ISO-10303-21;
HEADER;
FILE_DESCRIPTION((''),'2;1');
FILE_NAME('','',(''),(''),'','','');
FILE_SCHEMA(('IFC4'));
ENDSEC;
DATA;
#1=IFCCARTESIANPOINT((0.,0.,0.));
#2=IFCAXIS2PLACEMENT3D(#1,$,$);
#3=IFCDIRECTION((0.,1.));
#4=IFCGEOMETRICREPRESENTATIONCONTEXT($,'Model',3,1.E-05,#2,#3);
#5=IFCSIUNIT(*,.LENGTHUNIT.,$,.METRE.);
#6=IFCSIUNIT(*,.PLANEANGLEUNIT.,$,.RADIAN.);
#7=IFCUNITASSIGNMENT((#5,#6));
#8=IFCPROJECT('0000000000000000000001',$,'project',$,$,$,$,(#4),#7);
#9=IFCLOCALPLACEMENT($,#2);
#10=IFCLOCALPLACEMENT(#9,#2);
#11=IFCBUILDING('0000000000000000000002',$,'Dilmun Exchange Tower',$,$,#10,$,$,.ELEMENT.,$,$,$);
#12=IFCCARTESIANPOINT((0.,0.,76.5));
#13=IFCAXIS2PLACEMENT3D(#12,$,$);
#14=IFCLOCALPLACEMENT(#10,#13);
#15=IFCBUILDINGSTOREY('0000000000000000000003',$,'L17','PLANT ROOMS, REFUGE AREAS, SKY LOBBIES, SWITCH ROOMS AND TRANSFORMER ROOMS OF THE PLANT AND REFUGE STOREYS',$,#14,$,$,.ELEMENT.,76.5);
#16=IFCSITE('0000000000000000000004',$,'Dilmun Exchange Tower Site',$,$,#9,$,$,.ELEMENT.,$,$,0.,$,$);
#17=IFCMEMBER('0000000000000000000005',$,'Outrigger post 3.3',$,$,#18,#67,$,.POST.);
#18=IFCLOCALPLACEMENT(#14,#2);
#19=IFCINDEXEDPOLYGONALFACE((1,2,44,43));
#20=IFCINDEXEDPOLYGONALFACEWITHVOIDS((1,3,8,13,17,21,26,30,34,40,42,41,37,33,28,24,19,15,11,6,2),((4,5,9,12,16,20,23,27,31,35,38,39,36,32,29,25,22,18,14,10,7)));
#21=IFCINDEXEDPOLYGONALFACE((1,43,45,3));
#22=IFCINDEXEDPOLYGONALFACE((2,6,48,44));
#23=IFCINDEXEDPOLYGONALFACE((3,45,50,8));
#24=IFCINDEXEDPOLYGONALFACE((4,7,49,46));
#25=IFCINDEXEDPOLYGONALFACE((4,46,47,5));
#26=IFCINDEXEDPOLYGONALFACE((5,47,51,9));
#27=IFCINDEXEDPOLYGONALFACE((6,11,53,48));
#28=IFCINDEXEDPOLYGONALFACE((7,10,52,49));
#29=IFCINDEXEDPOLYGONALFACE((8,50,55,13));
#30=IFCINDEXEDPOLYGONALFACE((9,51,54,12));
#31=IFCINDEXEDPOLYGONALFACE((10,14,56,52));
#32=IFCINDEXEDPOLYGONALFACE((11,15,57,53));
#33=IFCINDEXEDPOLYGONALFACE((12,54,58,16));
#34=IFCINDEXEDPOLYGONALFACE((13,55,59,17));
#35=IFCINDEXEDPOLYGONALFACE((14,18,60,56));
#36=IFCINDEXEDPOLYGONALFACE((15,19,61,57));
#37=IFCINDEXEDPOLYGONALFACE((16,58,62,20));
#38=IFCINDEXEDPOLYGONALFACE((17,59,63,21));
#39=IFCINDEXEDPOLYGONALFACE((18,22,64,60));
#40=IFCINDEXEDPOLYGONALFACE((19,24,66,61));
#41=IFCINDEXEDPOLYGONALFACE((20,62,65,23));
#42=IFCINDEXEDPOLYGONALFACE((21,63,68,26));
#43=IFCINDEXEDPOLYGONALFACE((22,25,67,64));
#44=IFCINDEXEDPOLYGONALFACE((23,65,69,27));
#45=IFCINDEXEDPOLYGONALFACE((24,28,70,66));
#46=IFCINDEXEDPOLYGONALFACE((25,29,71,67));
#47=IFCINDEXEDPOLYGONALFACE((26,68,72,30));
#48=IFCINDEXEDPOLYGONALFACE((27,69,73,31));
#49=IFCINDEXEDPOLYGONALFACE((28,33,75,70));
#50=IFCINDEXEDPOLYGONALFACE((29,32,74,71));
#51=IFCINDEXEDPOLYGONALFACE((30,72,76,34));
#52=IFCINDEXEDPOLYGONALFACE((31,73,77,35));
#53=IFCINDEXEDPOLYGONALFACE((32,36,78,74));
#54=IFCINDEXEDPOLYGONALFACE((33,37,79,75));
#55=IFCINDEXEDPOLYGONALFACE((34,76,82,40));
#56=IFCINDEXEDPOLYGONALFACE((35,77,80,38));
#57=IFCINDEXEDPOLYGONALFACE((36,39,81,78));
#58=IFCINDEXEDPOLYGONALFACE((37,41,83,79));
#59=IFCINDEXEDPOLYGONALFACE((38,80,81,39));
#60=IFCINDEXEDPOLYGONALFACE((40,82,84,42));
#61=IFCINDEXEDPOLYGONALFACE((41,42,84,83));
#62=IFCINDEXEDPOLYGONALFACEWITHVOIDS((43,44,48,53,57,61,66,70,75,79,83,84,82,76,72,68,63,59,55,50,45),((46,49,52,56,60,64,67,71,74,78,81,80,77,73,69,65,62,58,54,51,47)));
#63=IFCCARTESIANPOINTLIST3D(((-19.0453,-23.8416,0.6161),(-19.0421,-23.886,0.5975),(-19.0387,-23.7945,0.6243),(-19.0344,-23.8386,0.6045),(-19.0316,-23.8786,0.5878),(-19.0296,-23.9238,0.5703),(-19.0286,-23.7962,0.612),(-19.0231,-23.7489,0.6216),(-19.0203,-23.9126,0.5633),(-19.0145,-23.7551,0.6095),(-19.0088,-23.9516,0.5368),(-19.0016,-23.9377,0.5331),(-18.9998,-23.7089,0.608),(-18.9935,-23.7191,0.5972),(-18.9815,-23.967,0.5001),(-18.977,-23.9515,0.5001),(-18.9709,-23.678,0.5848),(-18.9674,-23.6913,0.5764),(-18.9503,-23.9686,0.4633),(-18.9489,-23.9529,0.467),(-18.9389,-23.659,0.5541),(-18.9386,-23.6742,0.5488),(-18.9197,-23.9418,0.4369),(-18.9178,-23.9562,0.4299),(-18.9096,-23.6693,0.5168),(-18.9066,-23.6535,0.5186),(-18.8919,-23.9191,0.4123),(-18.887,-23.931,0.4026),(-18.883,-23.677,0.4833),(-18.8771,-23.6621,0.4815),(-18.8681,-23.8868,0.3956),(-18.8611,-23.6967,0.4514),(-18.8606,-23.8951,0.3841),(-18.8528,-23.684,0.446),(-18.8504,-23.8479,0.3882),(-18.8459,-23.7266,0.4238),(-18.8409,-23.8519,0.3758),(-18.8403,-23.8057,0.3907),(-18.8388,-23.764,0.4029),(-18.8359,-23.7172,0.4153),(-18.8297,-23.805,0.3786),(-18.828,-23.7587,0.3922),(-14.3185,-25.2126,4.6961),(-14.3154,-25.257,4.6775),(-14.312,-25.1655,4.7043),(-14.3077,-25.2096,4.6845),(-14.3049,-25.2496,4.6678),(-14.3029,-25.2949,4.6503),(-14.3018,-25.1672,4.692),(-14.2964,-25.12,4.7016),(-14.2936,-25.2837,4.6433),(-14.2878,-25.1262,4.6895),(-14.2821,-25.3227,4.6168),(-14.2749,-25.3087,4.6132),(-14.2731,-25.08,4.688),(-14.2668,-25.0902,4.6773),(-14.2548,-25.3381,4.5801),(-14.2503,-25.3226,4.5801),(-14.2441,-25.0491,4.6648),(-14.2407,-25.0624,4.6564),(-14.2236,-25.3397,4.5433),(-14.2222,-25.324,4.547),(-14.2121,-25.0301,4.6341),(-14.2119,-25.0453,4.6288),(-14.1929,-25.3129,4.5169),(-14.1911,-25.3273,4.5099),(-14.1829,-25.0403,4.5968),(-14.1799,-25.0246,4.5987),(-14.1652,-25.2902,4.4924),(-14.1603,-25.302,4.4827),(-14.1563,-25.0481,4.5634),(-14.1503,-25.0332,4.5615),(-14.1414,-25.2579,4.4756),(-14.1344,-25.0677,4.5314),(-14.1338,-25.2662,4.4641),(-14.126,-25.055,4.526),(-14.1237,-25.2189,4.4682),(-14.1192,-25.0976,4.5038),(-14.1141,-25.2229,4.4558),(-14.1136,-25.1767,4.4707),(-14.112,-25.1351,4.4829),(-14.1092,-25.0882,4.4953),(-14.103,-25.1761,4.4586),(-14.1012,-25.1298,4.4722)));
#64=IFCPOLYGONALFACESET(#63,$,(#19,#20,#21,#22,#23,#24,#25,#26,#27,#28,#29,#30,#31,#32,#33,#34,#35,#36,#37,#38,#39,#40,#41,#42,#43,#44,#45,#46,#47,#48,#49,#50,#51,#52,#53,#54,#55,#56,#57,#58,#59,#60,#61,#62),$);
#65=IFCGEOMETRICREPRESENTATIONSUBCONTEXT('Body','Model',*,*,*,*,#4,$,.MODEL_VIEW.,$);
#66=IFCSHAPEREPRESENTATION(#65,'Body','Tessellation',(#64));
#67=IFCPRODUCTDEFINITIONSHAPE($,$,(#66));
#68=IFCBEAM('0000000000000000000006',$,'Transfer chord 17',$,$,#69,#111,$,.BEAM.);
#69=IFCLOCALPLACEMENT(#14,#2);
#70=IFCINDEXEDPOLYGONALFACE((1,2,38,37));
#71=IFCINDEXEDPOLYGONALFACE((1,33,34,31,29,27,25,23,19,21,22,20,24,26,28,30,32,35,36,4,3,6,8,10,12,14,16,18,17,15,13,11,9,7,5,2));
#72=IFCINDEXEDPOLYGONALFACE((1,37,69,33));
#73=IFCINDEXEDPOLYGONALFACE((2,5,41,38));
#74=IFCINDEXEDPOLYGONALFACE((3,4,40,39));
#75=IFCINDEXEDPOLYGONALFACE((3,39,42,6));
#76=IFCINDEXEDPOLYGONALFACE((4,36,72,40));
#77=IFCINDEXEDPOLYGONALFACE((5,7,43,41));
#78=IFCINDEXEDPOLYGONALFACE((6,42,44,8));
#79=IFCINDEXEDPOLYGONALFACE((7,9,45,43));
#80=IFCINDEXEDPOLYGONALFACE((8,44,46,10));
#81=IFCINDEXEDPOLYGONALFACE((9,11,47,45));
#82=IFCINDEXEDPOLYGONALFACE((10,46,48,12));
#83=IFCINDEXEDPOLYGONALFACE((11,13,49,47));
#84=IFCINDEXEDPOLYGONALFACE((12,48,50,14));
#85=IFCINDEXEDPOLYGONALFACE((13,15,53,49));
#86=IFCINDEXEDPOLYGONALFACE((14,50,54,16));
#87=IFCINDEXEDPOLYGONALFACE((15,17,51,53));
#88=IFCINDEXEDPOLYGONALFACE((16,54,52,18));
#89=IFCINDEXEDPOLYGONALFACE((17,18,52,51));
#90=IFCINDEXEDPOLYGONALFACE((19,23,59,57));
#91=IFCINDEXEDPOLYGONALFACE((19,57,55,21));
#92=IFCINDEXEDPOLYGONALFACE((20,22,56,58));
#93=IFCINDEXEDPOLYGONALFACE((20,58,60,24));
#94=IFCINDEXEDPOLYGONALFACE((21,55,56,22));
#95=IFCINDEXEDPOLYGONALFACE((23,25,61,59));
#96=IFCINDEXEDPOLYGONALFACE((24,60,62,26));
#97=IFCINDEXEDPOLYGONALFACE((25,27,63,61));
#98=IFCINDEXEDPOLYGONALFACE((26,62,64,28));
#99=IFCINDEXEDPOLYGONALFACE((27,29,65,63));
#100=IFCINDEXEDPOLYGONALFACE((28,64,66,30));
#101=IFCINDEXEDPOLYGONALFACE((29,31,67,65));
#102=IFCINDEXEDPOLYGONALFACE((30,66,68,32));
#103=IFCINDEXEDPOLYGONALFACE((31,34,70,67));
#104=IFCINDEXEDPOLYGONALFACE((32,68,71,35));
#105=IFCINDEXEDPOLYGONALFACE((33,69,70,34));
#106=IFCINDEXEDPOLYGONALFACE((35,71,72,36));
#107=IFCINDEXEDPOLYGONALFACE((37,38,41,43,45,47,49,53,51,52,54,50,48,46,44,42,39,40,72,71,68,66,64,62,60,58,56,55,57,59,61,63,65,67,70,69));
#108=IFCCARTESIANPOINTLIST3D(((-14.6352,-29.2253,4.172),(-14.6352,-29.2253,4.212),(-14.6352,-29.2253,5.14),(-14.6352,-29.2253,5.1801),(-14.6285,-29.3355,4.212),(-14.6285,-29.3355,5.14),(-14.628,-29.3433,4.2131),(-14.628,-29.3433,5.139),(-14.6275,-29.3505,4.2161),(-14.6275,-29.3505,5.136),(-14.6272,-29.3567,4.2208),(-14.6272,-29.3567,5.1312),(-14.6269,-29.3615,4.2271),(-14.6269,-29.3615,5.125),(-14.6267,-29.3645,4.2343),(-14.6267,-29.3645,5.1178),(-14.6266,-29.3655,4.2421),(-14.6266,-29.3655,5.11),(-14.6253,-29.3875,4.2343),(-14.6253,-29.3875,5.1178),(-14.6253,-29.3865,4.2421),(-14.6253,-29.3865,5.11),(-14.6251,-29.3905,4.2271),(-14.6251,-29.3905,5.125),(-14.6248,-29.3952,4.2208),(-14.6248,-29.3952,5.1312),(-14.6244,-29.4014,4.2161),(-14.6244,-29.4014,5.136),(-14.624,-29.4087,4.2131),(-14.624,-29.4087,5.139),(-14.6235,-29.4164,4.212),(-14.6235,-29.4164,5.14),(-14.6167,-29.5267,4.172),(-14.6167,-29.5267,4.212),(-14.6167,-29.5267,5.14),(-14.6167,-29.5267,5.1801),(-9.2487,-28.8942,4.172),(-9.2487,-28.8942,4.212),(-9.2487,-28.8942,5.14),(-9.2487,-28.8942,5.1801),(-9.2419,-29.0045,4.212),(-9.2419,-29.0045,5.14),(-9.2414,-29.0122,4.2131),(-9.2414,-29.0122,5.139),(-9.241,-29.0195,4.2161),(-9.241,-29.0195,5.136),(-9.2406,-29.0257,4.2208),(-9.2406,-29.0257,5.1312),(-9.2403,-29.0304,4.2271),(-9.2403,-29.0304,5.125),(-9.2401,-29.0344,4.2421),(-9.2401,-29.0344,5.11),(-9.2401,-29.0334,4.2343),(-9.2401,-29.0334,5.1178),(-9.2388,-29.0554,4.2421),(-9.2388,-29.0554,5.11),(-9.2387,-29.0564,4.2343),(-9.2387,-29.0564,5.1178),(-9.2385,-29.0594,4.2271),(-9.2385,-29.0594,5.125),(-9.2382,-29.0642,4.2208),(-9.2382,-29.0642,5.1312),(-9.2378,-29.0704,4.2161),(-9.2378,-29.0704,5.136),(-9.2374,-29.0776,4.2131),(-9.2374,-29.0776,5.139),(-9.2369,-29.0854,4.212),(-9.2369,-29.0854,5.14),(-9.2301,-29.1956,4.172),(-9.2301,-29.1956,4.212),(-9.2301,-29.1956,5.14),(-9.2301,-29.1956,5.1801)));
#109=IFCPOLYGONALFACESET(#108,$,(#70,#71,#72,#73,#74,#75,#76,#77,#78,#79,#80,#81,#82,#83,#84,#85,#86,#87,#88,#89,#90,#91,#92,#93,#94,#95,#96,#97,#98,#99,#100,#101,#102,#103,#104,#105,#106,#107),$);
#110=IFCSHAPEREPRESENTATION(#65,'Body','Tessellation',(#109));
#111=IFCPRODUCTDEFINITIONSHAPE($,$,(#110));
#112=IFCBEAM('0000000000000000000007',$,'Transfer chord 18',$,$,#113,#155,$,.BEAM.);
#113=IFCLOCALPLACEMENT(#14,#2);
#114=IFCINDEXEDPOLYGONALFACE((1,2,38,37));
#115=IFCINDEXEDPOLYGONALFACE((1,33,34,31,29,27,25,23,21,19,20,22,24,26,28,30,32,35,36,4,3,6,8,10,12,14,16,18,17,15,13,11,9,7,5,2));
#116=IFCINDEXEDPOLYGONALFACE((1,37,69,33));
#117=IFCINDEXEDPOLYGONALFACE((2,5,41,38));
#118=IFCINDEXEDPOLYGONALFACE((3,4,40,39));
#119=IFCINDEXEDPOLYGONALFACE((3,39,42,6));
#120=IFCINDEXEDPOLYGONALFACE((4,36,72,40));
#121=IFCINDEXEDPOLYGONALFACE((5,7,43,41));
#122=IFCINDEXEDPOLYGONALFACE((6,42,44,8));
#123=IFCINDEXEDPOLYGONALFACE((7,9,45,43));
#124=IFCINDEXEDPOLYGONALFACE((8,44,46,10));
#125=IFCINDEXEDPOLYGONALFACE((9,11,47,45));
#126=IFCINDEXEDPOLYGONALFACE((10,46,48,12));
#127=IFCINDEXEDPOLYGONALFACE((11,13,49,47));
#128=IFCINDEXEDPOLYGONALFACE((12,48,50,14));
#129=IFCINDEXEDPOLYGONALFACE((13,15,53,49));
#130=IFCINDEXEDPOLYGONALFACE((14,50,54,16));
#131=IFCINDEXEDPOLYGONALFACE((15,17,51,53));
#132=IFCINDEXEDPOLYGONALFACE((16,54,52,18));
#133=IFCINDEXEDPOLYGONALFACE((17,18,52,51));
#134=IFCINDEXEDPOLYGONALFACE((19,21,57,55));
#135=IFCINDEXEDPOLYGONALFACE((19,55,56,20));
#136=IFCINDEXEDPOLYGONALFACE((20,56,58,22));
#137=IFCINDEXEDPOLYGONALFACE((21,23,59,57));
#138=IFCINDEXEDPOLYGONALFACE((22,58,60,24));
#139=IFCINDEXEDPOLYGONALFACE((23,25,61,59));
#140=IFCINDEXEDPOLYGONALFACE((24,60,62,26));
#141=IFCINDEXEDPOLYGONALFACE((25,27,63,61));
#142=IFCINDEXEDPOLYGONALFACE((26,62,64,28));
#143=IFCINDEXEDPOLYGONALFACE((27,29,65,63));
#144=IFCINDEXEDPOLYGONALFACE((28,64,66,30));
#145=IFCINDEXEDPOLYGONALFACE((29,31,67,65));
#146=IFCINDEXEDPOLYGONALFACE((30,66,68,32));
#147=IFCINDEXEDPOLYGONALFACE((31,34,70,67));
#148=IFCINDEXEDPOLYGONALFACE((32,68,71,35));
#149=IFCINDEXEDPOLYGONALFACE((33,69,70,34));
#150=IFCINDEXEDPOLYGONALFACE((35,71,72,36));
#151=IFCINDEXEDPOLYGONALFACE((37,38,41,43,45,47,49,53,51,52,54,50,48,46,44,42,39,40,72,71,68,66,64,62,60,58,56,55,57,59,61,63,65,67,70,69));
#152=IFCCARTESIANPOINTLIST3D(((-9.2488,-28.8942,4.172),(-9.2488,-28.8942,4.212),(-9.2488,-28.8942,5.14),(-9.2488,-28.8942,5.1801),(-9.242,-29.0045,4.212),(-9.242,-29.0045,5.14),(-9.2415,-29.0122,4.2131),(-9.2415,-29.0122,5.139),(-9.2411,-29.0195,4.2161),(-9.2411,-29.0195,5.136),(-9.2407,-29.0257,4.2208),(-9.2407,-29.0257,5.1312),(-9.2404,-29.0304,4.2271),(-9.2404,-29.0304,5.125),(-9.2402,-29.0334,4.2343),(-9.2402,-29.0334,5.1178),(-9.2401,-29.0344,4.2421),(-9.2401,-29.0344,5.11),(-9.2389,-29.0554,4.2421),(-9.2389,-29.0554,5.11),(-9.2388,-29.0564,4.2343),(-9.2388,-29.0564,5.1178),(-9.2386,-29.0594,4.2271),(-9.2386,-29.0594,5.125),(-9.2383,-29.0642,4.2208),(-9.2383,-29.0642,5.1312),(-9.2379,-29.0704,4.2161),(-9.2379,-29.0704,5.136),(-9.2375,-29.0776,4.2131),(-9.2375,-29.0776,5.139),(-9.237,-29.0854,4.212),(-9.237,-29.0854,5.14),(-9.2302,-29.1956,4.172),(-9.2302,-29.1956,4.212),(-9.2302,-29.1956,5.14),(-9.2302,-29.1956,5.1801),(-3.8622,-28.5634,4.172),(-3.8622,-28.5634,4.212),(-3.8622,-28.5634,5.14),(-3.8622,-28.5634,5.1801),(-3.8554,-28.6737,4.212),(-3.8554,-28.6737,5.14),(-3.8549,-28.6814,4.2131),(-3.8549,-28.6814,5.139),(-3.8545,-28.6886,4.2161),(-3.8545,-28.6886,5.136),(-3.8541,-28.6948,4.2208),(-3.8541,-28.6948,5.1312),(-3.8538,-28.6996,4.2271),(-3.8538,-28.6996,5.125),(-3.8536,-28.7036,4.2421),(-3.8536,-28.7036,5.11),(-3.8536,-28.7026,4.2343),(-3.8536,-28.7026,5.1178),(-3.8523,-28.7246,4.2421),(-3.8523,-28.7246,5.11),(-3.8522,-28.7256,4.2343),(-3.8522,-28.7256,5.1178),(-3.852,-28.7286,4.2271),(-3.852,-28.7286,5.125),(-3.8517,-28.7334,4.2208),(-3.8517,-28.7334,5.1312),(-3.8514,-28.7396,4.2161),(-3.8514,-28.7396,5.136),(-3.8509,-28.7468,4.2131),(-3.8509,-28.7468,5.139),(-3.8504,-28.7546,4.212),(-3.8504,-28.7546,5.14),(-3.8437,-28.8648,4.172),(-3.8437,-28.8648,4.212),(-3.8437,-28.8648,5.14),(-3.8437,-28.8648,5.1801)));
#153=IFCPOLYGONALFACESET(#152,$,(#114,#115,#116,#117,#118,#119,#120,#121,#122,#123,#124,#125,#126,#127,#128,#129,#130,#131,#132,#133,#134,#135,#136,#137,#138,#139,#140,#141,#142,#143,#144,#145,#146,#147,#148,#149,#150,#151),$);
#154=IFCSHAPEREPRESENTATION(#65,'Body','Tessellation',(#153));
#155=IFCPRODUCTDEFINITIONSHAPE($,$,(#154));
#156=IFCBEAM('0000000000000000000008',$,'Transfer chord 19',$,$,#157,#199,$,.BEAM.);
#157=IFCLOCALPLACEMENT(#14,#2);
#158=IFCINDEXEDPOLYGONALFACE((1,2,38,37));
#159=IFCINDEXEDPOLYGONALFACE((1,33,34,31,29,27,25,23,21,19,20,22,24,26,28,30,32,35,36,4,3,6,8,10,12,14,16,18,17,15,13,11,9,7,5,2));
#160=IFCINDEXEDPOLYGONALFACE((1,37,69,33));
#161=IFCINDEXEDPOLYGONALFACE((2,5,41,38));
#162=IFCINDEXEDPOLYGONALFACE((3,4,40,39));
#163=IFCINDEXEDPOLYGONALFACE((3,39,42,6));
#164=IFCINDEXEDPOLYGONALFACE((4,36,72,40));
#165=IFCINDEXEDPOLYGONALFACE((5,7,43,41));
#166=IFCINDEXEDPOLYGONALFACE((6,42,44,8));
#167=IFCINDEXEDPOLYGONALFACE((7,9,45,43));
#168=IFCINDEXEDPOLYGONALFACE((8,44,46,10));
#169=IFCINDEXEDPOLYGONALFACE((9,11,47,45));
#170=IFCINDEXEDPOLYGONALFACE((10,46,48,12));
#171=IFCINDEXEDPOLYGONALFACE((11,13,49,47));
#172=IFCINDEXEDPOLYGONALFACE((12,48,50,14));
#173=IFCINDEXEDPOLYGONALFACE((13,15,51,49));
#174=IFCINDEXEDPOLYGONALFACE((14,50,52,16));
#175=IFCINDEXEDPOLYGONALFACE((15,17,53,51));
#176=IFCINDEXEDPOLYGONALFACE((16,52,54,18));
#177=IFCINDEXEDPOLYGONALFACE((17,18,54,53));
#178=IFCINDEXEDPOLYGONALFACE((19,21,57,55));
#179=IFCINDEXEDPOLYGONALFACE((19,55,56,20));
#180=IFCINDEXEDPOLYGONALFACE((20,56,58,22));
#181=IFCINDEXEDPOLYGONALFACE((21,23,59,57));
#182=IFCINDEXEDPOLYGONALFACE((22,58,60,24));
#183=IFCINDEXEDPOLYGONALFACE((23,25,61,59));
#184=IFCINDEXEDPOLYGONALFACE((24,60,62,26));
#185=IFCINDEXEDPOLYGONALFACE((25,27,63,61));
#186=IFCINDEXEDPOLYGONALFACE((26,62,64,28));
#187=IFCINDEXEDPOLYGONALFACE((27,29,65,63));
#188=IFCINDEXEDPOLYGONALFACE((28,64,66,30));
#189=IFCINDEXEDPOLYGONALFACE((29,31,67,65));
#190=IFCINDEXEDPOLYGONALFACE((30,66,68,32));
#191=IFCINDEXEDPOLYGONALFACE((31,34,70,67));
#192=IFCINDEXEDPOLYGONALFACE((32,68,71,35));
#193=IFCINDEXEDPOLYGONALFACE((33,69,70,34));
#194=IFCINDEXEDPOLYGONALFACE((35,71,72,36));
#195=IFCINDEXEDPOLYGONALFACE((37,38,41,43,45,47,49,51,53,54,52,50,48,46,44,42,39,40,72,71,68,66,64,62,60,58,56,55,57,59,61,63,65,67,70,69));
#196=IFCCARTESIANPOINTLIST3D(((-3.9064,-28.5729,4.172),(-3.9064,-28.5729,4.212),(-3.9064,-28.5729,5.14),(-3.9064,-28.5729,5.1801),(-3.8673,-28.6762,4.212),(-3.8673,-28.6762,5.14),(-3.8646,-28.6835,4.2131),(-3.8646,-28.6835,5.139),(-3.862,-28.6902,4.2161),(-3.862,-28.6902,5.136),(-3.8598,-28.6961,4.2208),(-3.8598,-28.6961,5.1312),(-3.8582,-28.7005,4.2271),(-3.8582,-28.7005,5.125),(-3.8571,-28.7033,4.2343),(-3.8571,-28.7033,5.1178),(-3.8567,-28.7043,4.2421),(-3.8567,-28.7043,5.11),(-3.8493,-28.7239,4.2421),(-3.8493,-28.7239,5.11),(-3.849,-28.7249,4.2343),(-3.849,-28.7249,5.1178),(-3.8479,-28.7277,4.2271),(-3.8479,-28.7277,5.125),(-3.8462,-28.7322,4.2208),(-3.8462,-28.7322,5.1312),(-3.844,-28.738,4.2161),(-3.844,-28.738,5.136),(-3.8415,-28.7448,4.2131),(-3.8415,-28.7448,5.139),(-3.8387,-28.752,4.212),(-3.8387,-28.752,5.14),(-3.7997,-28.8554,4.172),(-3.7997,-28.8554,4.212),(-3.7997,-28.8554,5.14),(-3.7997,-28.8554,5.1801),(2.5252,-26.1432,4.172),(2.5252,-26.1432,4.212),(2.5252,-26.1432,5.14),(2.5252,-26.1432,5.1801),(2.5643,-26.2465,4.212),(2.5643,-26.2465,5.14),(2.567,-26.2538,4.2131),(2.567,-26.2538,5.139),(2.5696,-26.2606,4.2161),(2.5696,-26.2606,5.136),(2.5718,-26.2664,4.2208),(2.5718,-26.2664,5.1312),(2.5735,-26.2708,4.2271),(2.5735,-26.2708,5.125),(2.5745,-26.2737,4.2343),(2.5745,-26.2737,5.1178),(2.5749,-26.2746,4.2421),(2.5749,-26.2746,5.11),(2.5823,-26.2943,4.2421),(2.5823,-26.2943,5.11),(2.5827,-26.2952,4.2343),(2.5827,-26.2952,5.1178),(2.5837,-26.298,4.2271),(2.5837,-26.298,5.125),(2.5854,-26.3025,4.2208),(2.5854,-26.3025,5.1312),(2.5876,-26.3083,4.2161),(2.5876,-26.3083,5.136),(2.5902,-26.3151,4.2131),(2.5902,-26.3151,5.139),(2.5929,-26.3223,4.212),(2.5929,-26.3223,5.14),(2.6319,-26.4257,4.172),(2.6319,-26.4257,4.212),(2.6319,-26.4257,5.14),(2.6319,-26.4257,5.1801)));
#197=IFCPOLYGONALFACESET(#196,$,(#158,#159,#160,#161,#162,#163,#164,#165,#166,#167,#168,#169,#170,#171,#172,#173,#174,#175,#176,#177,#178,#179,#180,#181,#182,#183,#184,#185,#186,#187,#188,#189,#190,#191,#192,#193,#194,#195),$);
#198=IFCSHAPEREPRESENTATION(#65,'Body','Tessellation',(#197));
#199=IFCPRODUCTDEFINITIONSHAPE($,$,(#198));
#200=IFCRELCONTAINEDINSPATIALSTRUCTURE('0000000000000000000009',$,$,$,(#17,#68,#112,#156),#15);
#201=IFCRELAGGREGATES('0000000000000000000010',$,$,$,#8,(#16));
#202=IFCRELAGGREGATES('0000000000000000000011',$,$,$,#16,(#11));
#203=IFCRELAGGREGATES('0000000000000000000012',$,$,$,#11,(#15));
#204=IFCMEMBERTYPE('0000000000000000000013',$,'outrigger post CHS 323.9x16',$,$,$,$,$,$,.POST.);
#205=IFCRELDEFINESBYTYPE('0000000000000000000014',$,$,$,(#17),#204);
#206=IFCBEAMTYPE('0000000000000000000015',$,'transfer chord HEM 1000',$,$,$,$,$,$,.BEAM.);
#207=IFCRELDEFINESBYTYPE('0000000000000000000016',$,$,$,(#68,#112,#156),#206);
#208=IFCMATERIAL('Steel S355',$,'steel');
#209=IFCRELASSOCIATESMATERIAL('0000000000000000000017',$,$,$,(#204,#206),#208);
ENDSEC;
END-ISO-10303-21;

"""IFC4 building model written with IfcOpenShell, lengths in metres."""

from ifc_helpers import new_model, si_unit, direction, frame, origin, origin_2d, place, context, subcontext, project, spatial, hollow_circle, i_section, extrude, material, material_profile, profile_set, type_object, element, save


model = new_model("IFC4")

# Units and contexts
model_context = context("Model", 3, precision=1e-05, world=origin(), true_north=direction((0.0, 1.0)))
body_context = subcontext(model_context, "Body", "Model", "MODEL_VIEW")
ifc_project = project(units=[si_unit("LENGTHUNIT", "METRE"), si_unit("PLANEANGLEUNIT", "RADIAN")], contexts=[model_context])

# Site, building, storey
site_placement = place(None, origin())
site = spatial("IfcSite", under=ifc_project, at=site_placement, Name="Dilmun Exchange Tower Site", CompositionType="ELEMENT", RefElevation=0.0)
building_placement = place(site_placement, origin())
building = spatial("IfcBuilding", under=site, at=building_placement, Name="Dilmun Exchange Tower", CompositionType="ELEMENT")
storey_placement = place(building_placement, frame((0.0, 0.0, 76.5)))
storey = spatial("IfcBuildingStorey", under=building, at=storey_placement, Name="L17", Description="PLANT ROOMS, REFUGE AREAS, SKY LOBBIES, SWITCH ROOMS AND TRANSFORMER ROOMS OF THE PLANT AND REFUGE STOREYS", CompositionType="ELEMENT", Elevation=76.5)

# Shared definitions
ifc_material_1 = material(Name="Steel S355", Category="steel")

# Member
ifc_material_profile_1 = material_profile(ifc_material_1, hollow_circle(Radius=0.1619, WallThickness=0.0161, at=origin_2d()), Name="CHS 323.9x16")
ifc_profile_set_1 = profile_set([ifc_material_profile_1], Name="Steel S355")
member_type_1 = type_object("IfcMemberType", Name="outrigger post CHS 323.9x16", PredefinedType="POST", material=ifc_profile_set_1)
member_1_placement = place(storey_placement, frame((-14.2097, -25.1826, 4.5801), z_axis=(-0.73938, 0.21447, -0.638217), x_axis=(-0.278584, -0.960412, 0.0)))
element("IfcMember", 1, at=member_1_placement, inside=storey, type_object=member_type_1, Name="Outrigger post 3.3", PredefinedType="POST", context=body_context, shape_type="SweptSolid", body=[
    extrude(hollow_circle(Radius=0.1619, WallThickness=0.0161, at=origin_2d()), origin(), (0.0, 0.0, 1.0), 6.3928),
])

# Beams
ifc_material_profile_2 = material_profile(ifc_material_1, i_section(OverallWidth=0.302, OverallDepth=1.0081, WebThickness=0.021, FlangeThickness=0.04, FilletRadius=0.03, at=origin_2d()), Name="HEM 1000")
ifc_profile_set_2 = profile_set([ifc_material_profile_2], Name="Steel S355")
beam_type_1 = type_object("IfcBeamType", Name="transfer chord HEM 1000", PredefinedType="BEAM", material=ifc_profile_set_2)
for number, where, z_axis, x_axis, name in (
    (2, (-14.626, -29.376, 4.676), (0.998117, 0.061345, 0.0), (-0.061345, 0.998117, 0.0), "Transfer chord 17"),
    (3, (-9.2395, -29.0449, 4.676), (0.998119, 0.0613, 0.0), (-0.0613, 0.998119, 0.0), "Transfer chord 18"),
):
    element("IfcBeam", number, at=place(storey_placement, frame(where, z_axis=z_axis, x_axis=x_axis)), inside=storey, type_object=beam_type_1, Name=name, PredefinedType="BEAM", context=body_context, shape_type="SweptSolid", body=[
        extrude(i_section(OverallWidth=0.302, OverallDepth=1.0081, WebThickness=0.021, FlangeThickness=0.04, FilletRadius=0.03, at=origin_2d()), origin(), (0.0, 0.0, 1.0), 5.3967),
    ])
beam_1_placement = place(storey_placement, frame((-3.853, -28.7141, 4.676), z_axis=(0.935474, 0.353395, 0.0), x_axis=(-0.353395, 0.935474, 0.0)))
element("IfcBeam", 4, at=beam_1_placement, inside=storey, type_object=beam_type_1, Name="Transfer chord 19", PredefinedType="BEAM", context=body_context, shape_type="SweptSolid", body=[
    extrude(i_section(OverallWidth=0.302, OverallDepth=1.0081, WebThickness=0.021, FlangeThickness=0.04, FilletRadius=0.03, at=origin_2d()), origin(), (0.0, 0.0, 1.0), 6.8752),
])

save(model, "model.ifc")
